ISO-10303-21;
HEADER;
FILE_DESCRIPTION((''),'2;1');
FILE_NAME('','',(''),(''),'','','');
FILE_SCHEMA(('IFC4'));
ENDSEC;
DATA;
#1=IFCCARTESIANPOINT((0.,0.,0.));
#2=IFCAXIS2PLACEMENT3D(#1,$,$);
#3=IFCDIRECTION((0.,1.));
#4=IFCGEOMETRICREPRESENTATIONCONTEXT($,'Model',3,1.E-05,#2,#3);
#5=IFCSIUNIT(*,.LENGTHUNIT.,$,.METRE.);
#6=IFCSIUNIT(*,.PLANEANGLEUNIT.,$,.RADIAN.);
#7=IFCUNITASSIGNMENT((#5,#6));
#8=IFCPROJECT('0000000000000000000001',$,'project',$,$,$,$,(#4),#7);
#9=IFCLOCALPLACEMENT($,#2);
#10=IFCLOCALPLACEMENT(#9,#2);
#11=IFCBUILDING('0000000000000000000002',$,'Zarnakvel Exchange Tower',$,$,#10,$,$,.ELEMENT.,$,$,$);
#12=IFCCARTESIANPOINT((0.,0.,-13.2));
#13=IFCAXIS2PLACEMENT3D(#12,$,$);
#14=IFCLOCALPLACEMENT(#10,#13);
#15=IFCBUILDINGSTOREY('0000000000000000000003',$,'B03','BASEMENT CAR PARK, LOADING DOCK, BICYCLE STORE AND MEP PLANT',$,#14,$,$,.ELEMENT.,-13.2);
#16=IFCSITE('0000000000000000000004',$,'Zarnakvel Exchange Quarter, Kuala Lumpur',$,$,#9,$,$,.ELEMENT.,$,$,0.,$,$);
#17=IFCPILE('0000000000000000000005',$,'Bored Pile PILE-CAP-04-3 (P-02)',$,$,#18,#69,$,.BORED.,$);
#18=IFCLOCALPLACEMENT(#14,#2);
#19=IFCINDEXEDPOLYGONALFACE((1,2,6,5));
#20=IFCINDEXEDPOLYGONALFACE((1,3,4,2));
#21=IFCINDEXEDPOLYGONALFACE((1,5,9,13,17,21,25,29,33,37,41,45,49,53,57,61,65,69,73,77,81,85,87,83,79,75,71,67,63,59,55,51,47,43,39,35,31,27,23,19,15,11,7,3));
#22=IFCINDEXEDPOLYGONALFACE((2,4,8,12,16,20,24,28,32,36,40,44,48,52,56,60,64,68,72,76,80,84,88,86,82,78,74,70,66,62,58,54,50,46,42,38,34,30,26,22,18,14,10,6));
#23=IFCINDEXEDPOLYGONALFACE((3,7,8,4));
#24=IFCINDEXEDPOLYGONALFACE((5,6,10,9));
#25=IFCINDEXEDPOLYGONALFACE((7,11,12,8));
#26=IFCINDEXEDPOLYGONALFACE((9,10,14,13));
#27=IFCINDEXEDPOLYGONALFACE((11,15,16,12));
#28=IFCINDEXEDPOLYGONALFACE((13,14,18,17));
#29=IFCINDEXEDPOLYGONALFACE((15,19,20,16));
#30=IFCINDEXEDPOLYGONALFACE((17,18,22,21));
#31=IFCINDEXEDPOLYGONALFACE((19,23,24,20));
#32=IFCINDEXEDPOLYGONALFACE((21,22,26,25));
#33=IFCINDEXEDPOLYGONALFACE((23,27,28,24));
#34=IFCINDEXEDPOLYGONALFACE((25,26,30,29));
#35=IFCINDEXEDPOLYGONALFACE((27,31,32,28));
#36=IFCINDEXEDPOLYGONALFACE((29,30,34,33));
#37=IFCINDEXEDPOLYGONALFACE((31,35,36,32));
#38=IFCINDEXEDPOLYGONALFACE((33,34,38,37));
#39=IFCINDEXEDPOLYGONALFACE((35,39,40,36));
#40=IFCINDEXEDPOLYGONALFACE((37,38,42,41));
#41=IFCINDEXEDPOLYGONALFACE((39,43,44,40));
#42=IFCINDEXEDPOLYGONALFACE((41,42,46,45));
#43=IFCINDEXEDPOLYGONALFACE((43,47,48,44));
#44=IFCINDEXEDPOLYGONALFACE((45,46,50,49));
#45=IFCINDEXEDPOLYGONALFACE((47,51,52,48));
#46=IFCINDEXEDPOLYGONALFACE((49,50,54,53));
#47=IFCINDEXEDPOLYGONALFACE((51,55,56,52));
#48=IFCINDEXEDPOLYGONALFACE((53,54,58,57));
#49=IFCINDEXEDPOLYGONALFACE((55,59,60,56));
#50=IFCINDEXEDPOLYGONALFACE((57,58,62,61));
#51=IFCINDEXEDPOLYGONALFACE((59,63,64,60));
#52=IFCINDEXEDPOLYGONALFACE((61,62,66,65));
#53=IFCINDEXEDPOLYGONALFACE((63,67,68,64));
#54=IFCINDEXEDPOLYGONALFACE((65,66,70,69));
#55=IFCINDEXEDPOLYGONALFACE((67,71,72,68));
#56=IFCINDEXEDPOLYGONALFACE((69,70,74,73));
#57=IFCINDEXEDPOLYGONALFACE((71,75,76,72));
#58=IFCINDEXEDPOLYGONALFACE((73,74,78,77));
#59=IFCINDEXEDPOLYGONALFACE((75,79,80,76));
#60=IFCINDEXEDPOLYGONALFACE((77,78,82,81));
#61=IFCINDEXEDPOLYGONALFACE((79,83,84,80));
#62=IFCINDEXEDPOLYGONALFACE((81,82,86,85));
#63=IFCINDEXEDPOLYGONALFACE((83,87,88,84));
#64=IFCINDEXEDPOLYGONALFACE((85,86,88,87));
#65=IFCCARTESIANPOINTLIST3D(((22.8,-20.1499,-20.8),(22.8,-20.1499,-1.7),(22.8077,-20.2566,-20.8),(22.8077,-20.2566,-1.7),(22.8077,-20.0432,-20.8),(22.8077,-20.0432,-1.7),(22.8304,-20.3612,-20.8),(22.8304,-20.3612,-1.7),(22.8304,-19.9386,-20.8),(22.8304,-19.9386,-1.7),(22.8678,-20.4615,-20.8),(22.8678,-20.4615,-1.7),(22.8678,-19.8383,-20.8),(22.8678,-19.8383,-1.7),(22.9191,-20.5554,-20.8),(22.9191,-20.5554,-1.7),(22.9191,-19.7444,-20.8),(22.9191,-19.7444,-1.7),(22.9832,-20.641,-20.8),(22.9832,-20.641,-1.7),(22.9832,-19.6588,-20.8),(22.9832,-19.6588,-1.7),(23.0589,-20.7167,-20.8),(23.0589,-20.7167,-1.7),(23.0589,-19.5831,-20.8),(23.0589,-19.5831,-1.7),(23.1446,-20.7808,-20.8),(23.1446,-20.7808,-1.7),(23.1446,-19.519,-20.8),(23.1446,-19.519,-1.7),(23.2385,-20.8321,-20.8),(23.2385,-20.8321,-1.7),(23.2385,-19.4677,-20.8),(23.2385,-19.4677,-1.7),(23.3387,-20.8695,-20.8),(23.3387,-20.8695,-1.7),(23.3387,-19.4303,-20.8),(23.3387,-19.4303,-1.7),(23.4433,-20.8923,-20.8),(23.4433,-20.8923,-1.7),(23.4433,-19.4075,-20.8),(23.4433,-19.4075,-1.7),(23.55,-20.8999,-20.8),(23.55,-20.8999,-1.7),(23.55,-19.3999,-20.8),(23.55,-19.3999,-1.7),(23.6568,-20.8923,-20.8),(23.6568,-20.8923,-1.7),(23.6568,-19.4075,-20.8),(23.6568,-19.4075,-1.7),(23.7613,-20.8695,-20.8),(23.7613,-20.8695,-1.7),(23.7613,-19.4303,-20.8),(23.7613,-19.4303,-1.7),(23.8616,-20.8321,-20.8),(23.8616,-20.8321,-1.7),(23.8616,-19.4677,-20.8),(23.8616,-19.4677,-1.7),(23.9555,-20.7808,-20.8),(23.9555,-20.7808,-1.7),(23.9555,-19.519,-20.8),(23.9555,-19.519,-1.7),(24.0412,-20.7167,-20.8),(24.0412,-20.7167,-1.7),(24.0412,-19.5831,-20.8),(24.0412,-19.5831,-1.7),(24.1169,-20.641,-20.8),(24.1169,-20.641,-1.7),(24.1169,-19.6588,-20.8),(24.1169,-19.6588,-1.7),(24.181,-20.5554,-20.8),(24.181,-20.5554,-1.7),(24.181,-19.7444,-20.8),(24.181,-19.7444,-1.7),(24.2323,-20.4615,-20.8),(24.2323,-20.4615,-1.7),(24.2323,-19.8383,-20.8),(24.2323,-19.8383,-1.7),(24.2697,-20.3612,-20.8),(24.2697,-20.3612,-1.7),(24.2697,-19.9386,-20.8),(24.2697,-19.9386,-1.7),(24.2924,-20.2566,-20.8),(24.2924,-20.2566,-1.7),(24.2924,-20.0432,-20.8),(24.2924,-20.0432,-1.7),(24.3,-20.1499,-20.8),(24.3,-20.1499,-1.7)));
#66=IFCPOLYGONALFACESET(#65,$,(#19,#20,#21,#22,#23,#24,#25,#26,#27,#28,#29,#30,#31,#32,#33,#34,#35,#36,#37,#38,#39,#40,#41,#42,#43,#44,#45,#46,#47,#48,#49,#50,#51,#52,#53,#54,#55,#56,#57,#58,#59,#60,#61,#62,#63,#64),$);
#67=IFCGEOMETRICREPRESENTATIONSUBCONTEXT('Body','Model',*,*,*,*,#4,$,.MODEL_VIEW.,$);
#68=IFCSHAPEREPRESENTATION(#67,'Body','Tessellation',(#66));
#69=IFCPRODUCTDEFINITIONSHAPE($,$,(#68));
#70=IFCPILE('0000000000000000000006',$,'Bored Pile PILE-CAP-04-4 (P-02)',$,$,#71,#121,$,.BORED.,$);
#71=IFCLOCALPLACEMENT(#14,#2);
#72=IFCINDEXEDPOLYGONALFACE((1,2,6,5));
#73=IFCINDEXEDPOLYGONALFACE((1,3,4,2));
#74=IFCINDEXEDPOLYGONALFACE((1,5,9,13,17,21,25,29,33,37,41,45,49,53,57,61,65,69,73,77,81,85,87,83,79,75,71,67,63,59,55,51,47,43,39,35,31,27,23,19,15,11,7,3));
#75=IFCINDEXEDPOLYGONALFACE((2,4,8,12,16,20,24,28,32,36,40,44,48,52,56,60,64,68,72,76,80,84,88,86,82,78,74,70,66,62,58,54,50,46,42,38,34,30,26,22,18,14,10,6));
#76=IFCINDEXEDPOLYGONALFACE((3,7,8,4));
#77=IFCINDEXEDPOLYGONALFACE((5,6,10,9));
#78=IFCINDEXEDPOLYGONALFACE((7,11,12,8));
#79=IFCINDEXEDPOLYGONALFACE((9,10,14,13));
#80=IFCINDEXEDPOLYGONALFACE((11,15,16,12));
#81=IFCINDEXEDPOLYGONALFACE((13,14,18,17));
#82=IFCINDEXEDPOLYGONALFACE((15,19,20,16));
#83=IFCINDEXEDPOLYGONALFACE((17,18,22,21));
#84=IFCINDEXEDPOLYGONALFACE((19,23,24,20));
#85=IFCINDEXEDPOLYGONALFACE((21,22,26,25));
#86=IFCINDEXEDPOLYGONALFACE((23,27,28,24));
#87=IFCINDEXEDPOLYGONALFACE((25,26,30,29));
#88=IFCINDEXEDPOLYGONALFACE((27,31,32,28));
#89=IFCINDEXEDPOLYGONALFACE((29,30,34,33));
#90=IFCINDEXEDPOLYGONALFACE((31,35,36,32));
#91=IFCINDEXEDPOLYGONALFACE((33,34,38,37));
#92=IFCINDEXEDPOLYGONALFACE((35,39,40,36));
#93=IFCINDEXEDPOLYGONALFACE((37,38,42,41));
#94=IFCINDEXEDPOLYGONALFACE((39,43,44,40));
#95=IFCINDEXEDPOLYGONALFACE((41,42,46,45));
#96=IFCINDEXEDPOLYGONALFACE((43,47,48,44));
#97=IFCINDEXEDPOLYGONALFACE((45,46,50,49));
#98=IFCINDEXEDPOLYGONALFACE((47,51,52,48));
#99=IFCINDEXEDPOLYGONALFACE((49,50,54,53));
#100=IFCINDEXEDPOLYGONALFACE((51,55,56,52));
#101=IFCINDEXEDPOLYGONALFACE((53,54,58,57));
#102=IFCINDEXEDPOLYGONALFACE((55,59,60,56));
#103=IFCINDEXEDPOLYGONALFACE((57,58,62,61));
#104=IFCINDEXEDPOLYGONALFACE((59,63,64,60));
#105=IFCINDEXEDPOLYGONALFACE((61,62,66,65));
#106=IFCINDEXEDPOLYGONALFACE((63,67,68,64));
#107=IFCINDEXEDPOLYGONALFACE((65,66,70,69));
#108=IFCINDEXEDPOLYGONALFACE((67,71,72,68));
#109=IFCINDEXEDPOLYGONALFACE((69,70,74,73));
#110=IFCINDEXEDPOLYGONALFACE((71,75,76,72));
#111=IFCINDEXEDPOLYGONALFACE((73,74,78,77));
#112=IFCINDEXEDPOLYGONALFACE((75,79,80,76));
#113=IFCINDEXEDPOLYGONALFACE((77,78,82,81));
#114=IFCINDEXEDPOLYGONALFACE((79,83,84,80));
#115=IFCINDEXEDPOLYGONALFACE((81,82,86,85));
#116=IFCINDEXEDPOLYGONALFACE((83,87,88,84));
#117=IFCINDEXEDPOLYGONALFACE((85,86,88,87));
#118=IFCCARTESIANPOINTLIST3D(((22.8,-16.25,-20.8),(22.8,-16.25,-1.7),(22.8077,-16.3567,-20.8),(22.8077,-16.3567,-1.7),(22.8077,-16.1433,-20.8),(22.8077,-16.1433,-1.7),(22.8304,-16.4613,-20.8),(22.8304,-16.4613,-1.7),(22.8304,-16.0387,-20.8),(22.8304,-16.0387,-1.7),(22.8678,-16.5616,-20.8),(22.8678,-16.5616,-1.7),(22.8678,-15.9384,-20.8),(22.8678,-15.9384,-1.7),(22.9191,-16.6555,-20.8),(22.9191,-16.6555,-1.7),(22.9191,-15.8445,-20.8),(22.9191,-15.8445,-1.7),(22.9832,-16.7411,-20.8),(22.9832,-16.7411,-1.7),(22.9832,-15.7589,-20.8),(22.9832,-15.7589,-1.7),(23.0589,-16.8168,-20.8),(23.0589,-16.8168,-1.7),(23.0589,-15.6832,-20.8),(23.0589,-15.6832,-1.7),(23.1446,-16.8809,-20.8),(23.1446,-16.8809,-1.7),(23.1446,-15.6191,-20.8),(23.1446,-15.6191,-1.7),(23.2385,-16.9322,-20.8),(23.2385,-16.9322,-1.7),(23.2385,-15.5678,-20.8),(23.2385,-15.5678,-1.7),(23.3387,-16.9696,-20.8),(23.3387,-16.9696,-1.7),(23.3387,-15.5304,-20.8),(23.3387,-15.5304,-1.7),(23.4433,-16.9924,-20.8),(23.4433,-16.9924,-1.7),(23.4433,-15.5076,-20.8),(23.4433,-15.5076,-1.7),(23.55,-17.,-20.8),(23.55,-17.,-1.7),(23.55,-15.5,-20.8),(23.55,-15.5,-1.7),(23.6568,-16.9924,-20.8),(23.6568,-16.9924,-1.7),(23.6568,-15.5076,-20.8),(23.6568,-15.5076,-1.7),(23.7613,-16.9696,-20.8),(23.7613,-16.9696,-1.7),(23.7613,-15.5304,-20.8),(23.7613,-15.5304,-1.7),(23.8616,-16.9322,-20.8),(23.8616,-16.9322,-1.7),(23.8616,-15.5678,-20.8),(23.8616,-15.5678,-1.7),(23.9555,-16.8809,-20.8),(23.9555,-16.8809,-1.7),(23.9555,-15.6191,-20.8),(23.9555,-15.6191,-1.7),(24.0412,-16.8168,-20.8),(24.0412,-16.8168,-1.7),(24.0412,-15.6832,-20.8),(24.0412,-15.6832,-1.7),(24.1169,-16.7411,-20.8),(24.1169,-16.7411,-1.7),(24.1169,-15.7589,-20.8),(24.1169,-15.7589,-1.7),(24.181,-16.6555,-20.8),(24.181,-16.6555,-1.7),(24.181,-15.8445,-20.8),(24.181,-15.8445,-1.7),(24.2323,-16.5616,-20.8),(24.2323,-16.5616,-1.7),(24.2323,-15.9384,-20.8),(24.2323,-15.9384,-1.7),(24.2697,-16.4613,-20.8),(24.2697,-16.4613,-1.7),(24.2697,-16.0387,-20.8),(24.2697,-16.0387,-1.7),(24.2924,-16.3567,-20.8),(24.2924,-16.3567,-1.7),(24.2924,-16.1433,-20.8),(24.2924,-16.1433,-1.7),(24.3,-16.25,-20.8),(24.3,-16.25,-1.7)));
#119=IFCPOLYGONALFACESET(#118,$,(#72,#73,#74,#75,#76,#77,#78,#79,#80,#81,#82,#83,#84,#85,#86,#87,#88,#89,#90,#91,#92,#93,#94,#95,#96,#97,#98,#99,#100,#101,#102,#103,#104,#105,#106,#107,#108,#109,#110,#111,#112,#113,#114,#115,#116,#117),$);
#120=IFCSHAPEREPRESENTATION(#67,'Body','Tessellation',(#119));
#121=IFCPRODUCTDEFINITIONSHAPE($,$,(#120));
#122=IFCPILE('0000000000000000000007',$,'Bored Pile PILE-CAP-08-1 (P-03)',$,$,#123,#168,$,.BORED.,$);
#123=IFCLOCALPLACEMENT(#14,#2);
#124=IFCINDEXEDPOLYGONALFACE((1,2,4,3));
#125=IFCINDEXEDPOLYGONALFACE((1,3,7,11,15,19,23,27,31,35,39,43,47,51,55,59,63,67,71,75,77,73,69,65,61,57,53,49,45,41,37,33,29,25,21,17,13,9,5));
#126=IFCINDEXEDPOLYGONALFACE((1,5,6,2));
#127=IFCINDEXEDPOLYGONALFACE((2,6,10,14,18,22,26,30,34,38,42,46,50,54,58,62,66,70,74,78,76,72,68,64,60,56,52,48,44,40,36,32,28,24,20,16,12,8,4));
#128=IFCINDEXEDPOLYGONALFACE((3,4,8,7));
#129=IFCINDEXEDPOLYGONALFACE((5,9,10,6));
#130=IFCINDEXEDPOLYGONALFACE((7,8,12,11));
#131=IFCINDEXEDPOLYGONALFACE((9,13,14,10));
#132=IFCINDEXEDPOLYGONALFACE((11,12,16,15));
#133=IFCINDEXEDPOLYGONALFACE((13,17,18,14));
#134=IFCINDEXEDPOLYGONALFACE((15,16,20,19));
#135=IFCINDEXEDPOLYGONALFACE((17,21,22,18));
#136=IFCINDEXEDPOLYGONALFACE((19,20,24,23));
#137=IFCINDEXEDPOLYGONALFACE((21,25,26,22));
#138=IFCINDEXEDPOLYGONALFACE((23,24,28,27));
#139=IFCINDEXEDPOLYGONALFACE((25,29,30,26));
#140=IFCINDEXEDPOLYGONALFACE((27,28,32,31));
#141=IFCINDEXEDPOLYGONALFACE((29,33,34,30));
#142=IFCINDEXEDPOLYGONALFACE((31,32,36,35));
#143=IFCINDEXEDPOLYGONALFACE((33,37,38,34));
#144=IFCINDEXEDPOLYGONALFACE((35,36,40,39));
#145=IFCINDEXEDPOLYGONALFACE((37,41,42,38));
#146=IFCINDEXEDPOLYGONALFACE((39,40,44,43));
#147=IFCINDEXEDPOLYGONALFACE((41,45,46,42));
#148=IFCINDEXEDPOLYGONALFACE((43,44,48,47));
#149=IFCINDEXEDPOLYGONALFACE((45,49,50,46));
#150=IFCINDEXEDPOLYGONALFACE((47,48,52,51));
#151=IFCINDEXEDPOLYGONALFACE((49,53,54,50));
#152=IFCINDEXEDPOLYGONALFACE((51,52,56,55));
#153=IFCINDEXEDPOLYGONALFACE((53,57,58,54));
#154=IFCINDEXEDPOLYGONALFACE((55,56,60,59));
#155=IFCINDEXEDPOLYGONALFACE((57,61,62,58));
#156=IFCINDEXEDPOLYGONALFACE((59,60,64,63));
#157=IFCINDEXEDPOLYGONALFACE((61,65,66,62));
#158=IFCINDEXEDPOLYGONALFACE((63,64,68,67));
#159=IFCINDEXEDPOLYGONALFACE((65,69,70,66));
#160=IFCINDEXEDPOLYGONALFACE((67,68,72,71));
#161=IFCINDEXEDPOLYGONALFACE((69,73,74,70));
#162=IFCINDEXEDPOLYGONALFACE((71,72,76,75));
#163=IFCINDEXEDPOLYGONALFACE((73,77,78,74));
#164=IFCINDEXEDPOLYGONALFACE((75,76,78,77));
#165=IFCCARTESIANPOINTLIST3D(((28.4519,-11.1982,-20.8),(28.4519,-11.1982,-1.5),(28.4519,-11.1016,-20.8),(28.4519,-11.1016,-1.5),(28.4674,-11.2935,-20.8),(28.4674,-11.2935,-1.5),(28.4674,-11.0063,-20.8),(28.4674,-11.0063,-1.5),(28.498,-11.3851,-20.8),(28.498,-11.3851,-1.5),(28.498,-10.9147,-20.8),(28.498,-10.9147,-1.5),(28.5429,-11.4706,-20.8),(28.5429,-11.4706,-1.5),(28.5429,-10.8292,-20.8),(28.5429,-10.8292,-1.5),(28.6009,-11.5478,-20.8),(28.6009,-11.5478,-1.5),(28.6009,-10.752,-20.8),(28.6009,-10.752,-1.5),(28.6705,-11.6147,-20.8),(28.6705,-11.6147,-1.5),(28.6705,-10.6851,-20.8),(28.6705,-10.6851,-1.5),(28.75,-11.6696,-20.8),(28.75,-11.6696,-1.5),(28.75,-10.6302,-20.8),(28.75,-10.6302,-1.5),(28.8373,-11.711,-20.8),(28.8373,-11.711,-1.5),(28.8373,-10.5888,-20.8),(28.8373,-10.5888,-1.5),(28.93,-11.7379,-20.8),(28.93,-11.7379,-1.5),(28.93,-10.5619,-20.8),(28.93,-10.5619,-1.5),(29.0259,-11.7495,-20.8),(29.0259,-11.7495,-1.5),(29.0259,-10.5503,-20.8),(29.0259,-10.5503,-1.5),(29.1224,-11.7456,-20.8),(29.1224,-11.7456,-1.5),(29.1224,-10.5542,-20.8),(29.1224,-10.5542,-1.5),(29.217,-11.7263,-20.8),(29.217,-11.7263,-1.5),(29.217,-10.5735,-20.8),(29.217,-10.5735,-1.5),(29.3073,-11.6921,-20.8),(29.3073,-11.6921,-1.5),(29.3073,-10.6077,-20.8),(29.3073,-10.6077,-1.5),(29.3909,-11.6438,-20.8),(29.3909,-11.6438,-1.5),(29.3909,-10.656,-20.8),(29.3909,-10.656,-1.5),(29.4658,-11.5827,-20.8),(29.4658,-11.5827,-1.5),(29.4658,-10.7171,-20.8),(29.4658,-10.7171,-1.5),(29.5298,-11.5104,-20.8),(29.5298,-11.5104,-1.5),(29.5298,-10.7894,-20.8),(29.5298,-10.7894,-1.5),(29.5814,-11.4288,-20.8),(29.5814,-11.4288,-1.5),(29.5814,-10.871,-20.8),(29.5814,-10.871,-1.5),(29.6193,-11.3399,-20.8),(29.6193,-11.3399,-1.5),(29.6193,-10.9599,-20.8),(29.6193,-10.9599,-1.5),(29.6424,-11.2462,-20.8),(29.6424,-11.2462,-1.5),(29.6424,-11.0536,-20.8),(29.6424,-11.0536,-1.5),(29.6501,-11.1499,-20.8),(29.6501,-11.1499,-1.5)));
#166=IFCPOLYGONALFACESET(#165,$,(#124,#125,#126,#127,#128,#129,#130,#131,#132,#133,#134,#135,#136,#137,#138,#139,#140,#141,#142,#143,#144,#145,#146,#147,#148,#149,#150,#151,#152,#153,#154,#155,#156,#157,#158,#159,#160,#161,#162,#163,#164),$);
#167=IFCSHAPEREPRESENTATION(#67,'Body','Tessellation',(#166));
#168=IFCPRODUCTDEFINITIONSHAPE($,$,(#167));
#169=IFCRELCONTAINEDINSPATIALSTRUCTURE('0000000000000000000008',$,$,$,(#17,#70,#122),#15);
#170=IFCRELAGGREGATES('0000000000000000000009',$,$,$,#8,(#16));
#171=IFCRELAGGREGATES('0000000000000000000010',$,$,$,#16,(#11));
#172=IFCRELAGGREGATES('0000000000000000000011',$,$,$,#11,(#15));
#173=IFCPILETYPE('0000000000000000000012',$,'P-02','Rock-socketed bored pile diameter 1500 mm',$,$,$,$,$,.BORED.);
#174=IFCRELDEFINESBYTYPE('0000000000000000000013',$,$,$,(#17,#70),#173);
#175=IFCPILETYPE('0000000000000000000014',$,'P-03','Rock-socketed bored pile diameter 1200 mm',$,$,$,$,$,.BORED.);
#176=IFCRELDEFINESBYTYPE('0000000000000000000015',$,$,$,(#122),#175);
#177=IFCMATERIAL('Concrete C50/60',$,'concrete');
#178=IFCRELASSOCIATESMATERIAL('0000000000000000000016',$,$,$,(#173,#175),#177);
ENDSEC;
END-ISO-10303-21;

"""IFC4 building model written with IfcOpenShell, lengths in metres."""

from ifc_helpers import new_model, si_unit, direction, frame, origin, origin_2d, place, context, subcontext, project, spatial, circle, extrude, material, material_profile, profile_set, type_object, element, save


model = new_model("IFC4")

# Units and contexts
model_context = context("Model", 3, precision=1e-05, world=origin(), true_north=direction((0.0, 1.0)))
body_context = subcontext(model_context, "Body", "Model", "MODEL_VIEW")
ifc_project = project(units=[si_unit("LENGTHUNIT", "METRE"), si_unit("PLANEANGLEUNIT", "RADIAN")], contexts=[model_context])

# Site, building, storey
site_placement = place(None, origin())
site = spatial("IfcSite", under=ifc_project, at=site_placement, Name="Zarnakvel Exchange Quarter, Kuala Lumpur", CompositionType="ELEMENT", RefElevation=0.0)
building_placement = place(site_placement, origin())
building = spatial("IfcBuilding", under=site, at=building_placement, Name="Zarnakvel Exchange Tower", CompositionType="ELEMENT")
storey_placement = place(building_placement, frame((0.0, 0.0, -13.2)))
storey = spatial("IfcBuildingStorey", under=building, at=storey_placement, Name="B03", Description="BASEMENT CAR PARK, LOADING DOCK, BICYCLE STORE AND MEP PLANT", CompositionType="ELEMENT", Elevation=-13.2)

# Shared definitions
ifc_material_1 = material(Name="Concrete C50/60", Category="concrete")

# Piles
ifc_material_profile_1 = material_profile(ifc_material_1, circle(Radius=0.75, at=origin_2d()))
ifc_profile_set_1 = profile_set([ifc_material_profile_1], Name="Concrete C50/60")
pile_type_1 = type_object("IfcPileType", Name="P-02", Description="Rock-socketed bored pile diameter 1500 mm", PredefinedType="BORED", material=ifc_profile_set_1)
for number, where, z_axis, x_axis, name in (
    (1, (23.55, -20.1499, -1.7), (0.0, 0.0, -1.0), (1.0, 0.0, 0.0), "Bored Pile PILE-CAP-04-3 (P-02)"),
    (2, (23.55, -16.25, -1.7), (0.0, 0.0, -1.0), (1.0, 0.0, 0.0), "Bored Pile PILE-CAP-04-4 (P-02)"),
):
    element("IfcPile", number, at=place(storey_placement, frame(where, z_axis=z_axis, x_axis=x_axis)), inside=storey, type_object=pile_type_1, Name=name, PredefinedType="BORED", context=body_context, shape_type="SweptSolid", body=[
        extrude(circle(Radius=0.75, at=origin_2d()), origin(), (0.0, 0.0, 1.0), 19.1001),
    ])
ifc_material_profile_2 = material_profile(ifc_material_1, circle(Radius=0.6001, at=origin_2d()))
ifc_profile_set_2 = profile_set([ifc_material_profile_2], Name="Concrete C50/60")
pile_type_2 = type_object("IfcPileType", Name="P-03", Description="Rock-socketed bored pile diameter 1200 mm", PredefinedType="BORED", material=ifc_profile_set_2)
pile_placement = place(storey_placement, frame((29.05, -11.1499, -1.5), z_axis=(0.0, 0.0, -1.0), x_axis=(1.0, 0.0, 0.0)))
element("IfcPile", 3, at=pile_placement, inside=storey, type_object=pile_type_2, Name="Bored Pile PILE-CAP-08-1 (P-03)", PredefinedType="BORED", context=body_context, shape_type="SweptSolid", body=[
    extrude(circle(Radius=0.6001, at=origin_2d()), origin(), (0.0, 0.0, 1.0), 19.3),
])

save(model, "model.ifc")
